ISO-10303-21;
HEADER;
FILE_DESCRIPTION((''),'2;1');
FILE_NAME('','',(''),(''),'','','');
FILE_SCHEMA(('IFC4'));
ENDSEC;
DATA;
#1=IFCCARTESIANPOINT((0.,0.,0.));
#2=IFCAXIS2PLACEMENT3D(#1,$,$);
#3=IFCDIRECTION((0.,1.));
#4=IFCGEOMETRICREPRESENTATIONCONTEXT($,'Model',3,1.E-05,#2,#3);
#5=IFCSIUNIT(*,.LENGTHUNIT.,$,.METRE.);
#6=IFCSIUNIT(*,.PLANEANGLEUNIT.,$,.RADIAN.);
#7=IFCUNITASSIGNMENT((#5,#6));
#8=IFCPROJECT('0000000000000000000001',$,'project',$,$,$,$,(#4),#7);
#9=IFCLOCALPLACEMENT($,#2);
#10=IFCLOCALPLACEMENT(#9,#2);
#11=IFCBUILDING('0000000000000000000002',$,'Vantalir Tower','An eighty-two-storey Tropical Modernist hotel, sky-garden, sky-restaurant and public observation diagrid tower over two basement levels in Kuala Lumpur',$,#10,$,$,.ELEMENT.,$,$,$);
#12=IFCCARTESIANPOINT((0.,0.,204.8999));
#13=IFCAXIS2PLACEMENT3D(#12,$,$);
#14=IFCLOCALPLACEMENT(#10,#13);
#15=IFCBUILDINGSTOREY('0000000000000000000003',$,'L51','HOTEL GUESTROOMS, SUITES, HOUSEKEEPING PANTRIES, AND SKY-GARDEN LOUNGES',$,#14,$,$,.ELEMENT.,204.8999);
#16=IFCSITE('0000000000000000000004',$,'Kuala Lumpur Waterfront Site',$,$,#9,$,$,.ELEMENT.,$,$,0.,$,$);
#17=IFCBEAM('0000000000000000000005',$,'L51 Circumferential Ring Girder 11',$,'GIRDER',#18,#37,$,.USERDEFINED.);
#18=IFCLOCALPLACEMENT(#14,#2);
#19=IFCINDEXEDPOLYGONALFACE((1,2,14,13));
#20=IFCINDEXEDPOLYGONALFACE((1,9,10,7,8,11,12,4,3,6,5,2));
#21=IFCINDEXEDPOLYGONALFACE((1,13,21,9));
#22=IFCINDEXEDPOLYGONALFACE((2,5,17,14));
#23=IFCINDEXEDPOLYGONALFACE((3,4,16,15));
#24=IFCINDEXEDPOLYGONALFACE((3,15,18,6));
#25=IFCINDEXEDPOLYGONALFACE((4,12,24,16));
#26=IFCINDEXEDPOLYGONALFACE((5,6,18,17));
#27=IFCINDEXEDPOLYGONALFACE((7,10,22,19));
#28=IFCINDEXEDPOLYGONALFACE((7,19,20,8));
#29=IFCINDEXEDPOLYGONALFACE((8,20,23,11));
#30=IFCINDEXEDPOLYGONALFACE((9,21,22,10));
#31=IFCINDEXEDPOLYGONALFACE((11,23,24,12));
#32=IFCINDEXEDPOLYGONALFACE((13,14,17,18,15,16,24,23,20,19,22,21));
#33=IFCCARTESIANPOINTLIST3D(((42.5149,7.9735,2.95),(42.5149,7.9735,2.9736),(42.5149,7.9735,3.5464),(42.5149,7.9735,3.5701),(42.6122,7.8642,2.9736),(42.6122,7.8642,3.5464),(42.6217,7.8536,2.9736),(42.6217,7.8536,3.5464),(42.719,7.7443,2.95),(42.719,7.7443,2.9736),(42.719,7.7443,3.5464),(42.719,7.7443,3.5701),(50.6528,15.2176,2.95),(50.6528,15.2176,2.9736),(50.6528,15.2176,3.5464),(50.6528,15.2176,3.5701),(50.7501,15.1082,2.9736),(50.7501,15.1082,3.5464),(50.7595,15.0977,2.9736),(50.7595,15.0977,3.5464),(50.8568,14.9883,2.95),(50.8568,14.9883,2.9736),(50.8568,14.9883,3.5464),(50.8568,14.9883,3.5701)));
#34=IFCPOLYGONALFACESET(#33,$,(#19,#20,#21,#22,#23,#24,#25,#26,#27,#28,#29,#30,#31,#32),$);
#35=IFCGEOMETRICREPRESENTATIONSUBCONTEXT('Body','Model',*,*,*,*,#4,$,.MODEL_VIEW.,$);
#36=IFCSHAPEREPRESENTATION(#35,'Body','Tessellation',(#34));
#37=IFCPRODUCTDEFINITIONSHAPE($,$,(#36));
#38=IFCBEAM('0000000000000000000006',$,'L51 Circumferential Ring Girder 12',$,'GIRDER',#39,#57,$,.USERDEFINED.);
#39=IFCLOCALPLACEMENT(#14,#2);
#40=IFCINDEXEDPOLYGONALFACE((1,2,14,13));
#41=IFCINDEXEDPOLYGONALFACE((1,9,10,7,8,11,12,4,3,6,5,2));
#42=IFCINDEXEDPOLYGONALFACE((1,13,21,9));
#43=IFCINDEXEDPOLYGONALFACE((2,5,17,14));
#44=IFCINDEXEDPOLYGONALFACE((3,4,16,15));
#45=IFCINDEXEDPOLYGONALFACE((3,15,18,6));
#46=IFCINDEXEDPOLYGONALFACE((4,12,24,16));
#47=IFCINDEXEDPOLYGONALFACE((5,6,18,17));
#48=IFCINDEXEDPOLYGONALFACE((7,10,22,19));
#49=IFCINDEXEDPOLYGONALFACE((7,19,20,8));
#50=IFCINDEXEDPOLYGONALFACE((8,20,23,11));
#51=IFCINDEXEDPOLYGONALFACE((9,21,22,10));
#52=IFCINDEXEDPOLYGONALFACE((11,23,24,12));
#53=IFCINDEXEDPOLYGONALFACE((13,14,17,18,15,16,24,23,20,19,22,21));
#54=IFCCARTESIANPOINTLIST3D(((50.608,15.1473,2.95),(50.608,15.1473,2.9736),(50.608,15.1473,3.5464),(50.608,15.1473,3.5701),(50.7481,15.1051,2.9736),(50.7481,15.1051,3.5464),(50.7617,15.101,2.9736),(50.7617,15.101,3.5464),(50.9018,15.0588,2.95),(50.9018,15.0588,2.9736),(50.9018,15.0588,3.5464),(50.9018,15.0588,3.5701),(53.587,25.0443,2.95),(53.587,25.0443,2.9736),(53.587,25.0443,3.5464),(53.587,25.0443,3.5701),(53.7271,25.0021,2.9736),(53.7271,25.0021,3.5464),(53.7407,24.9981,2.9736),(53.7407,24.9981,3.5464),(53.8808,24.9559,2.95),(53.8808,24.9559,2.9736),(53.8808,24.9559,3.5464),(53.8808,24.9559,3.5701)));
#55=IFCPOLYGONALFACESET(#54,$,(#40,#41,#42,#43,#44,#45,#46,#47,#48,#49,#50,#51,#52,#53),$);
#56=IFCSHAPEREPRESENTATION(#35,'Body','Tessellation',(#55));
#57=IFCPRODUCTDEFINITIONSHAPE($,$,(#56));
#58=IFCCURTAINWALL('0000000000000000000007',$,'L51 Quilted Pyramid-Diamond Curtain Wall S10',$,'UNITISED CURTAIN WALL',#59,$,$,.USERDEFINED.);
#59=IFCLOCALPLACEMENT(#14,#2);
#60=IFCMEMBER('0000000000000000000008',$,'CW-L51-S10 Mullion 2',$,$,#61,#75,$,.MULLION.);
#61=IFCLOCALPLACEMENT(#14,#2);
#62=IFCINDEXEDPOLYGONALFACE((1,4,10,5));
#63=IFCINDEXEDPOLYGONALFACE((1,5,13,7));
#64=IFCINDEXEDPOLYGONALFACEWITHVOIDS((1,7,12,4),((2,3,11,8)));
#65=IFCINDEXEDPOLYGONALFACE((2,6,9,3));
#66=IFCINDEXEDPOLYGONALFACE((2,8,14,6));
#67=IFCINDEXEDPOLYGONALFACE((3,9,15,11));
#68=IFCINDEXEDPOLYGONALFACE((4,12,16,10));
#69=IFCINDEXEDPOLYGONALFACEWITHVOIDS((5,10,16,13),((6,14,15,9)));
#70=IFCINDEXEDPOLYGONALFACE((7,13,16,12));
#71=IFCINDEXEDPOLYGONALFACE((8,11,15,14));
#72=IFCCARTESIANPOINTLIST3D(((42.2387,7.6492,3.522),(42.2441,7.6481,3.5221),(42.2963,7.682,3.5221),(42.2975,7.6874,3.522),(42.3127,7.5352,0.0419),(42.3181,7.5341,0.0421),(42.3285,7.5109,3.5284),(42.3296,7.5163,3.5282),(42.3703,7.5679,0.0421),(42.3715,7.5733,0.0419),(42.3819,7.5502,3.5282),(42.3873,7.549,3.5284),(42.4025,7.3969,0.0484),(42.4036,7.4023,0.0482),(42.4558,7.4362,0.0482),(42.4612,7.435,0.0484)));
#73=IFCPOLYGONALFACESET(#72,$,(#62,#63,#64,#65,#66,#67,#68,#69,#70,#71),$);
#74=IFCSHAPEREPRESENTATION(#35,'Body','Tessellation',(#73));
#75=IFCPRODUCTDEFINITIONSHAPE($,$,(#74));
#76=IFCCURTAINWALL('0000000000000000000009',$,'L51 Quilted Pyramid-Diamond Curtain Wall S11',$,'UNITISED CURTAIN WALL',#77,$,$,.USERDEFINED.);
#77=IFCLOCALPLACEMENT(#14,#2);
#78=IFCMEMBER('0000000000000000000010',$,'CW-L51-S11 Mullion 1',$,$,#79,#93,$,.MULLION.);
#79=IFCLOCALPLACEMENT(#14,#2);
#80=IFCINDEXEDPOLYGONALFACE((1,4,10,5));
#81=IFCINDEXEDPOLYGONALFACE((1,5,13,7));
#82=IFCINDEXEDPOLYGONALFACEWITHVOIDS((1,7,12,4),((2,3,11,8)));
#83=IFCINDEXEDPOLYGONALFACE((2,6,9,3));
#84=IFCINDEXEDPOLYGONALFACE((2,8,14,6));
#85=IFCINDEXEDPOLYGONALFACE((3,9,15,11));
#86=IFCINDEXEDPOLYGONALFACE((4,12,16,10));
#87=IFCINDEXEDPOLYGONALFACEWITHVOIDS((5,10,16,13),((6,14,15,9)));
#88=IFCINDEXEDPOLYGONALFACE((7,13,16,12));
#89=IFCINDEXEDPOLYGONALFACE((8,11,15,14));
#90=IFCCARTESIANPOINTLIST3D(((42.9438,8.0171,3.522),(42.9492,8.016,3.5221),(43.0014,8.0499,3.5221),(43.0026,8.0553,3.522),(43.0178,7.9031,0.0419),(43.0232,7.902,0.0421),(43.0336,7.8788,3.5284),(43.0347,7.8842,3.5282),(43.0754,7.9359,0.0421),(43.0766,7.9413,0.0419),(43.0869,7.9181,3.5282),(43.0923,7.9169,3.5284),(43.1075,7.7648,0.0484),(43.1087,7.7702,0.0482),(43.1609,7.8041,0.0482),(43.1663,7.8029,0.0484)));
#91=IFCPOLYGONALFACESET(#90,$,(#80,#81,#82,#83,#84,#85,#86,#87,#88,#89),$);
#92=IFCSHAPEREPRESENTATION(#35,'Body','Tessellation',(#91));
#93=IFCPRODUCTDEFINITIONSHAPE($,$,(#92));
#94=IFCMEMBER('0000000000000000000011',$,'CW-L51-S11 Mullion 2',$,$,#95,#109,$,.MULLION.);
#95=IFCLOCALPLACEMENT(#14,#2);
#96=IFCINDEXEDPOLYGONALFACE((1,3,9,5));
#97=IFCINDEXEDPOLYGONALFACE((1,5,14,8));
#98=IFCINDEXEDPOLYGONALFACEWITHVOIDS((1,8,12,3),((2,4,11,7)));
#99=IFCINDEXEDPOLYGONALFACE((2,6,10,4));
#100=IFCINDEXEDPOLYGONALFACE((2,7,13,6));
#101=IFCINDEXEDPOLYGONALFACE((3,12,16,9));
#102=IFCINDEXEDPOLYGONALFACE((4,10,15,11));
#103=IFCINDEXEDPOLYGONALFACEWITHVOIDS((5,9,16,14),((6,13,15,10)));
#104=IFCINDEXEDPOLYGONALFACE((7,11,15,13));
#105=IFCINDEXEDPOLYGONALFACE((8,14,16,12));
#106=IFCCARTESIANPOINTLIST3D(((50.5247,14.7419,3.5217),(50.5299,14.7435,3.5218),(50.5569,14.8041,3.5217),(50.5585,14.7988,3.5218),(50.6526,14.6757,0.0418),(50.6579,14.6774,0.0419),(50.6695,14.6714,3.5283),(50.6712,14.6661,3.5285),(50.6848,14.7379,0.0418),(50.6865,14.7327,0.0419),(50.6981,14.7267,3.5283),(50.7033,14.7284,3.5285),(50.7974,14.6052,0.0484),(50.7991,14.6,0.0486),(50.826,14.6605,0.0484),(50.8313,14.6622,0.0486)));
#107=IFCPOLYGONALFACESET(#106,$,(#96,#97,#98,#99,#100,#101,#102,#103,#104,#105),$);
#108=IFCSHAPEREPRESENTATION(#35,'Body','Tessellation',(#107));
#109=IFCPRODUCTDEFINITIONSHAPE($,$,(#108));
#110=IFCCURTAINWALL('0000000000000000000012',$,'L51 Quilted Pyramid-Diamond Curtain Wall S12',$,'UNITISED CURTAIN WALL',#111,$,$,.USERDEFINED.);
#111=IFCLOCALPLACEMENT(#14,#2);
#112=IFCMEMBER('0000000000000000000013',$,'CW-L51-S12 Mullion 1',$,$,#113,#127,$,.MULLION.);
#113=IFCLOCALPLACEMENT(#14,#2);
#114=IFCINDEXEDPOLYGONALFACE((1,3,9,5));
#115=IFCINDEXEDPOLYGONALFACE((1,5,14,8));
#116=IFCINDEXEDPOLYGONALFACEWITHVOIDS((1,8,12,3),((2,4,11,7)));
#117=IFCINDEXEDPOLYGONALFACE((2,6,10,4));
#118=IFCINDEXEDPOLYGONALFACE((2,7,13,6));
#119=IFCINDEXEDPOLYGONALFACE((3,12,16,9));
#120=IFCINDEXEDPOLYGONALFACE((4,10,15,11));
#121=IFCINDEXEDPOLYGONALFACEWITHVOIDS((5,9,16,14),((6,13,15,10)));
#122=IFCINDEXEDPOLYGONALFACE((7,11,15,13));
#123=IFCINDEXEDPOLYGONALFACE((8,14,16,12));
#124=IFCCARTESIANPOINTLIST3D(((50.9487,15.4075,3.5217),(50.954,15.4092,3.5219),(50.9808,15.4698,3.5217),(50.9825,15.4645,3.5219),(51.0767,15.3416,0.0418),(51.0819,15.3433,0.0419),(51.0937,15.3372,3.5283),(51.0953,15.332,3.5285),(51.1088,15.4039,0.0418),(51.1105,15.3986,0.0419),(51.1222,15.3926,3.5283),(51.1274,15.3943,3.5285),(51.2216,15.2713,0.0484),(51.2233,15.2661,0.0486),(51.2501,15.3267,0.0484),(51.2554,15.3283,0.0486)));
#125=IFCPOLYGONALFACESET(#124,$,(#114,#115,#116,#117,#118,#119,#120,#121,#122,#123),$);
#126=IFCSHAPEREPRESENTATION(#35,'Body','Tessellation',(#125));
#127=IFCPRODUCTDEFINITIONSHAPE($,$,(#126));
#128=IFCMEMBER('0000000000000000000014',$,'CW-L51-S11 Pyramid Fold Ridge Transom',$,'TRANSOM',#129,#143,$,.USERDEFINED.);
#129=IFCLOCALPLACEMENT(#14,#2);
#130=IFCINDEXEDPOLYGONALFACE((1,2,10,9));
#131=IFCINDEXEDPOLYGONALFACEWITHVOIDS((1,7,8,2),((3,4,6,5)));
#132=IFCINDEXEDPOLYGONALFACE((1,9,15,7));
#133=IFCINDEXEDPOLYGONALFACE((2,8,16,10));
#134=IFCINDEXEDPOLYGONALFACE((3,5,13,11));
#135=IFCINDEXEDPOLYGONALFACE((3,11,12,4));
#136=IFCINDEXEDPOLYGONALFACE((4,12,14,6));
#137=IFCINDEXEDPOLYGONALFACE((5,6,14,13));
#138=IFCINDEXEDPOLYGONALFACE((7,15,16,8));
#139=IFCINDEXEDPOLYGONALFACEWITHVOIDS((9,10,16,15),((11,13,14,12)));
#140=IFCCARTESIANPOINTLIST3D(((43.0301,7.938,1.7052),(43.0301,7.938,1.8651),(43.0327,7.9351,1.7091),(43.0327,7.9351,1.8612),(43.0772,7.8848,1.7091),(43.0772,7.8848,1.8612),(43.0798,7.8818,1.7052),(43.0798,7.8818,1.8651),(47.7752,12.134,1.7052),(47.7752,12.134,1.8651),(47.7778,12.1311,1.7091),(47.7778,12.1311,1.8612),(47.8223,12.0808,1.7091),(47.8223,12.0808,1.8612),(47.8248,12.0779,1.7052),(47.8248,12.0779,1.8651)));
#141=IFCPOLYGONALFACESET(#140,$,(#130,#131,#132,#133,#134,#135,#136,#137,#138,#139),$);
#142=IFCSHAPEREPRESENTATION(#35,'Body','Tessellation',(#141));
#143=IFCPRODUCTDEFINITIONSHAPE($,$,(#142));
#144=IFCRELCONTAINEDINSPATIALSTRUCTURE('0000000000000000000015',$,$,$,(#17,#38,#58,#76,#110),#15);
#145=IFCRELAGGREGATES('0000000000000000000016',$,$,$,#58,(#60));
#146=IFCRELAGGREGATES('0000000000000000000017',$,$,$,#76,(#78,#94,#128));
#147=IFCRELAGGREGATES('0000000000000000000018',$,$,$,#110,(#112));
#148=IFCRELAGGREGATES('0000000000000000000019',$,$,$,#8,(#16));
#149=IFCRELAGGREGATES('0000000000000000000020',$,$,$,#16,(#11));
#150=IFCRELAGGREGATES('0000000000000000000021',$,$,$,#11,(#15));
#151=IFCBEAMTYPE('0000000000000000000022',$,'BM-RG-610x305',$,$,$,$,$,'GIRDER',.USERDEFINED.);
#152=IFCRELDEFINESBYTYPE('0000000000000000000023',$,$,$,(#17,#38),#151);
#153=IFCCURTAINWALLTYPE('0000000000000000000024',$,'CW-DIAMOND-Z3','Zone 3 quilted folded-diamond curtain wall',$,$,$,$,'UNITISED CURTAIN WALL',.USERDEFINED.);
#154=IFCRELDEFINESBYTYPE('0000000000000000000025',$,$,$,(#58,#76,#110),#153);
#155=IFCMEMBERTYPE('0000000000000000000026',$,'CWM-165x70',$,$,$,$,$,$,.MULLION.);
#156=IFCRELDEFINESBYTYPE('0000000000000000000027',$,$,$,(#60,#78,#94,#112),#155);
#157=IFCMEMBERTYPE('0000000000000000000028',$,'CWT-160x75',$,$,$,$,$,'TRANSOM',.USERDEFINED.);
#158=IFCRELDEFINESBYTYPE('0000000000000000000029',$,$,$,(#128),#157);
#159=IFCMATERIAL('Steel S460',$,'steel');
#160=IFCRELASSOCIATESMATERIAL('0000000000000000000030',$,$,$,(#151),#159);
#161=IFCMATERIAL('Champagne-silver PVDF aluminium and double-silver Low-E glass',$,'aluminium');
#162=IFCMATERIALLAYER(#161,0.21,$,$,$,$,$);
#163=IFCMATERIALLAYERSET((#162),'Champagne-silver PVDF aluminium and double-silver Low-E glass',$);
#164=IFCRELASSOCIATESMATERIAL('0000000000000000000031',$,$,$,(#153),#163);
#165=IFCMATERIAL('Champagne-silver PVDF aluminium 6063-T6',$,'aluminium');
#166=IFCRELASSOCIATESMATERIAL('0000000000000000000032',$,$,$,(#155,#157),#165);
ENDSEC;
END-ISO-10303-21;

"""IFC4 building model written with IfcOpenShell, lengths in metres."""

from ifc_helpers import new_model, si_unit, direction, frame, origin, origin_2d, place, context, subcontext, project, spatial, hollow_rectangle, i_section, extrude, material, layer, layer_set, material_profile, profile_set, type_object, element, aggregate, save


model = new_model("IFC4")

# Units and contexts
model_context = context("Model", 3, precision=1e-05, world=origin(), true_north=direction((0.0, 1.0)))
body_context = subcontext(model_context, "Body", "Model", "MODEL_VIEW")
ifc_project = project(units=[si_unit("LENGTHUNIT", "METRE"), si_unit("PLANEANGLEUNIT", "RADIAN")], contexts=[model_context])

# Site, building, storey
site_placement = place(None, origin())
site = spatial("IfcSite", under=ifc_project, at=site_placement, Name="Kuala Lumpur Waterfront Site", CompositionType="ELEMENT", RefElevation=0.0)
building_placement = place(site_placement, origin())
building = spatial("IfcBuilding", under=site, at=building_placement, Name="Vantalir Tower", Description="An eighty-two-storey Tropical Modernist hotel, sky-garden, sky-restaurant and public observation diagrid tower over two basement levels in Kuala Lumpur", CompositionType="ELEMENT")
storey_placement = place(building_placement, frame((0.0, 0.0, 204.8999)))
storey = spatial("IfcBuildingStorey", under=building, at=storey_placement, Name="L51", Description="HOTEL GUESTROOMS, SUITES, HOUSEKEEPING PANTRIES, AND SKY-GARDEN LOUNGES", CompositionType="ELEMENT", Elevation=204.8999)

# Shared definitions
ifc_material_1 = material(Name="Steel S460", Category="steel")

# Beams
ifc_material_profile_1 = material_profile(ifc_material_1, i_section(OverallWidth=0.3069, OverallDepth=0.6201, WebThickness=0.0142, FlangeThickness=0.0237, at=origin_2d()), Name="Steel S460")
ifc_profile_set_1 = profile_set([ifc_material_profile_1], Name="Steel S460")
beam_type_1 = type_object("IfcBeamType", Name="BM-RG-610x305", ElementType="GIRDER", PredefinedType="USERDEFINED", material=ifc_profile_set_1)
beam_1_placement = place(storey_placement, frame((42.6169, 7.8589, 3.26), z_axis=(0.746934, 0.664898, 0.0), x_axis=(-0.664898, 0.746934, 0.0)))
element("IfcBeam", 1, at=beam_1_placement, inside=storey, type_object=beam_type_1, Name="L51 Circumferential Ring Girder 11", ObjectType="GIRDER", PredefinedType="USERDEFINED", context=body_context, shape_type="SweptSolid", body=[
    extrude(i_section(OverallWidth=0.3069, OverallDepth=0.6201, WebThickness=0.0142, FlangeThickness=0.0237, at=origin_2d()), origin(), (0.0, 0.0, 1.0), 10.895),
])
beam_2_placement = place(storey_placement, frame((50.7549, 15.103, 3.26), z_axis=(0.288228, 0.957562, 0.0), x_axis=(-0.957562, 0.288228, 0.0)))
element("IfcBeam", 2, at=beam_2_placement, inside=storey, type_object=beam_type_1, Name="L51 Circumferential Ring Girder 12", ObjectType="GIRDER", PredefinedType="USERDEFINED", context=body_context, shape_type="SweptSolid", body=[
    extrude(i_section(OverallWidth=0.3069, OverallDepth=0.6201, WebThickness=0.0142, FlangeThickness=0.0237, at=origin_2d()), origin(), (0.0, 0.0, 1.0), 10.3357),
])

# Curtain wall, member
ifc_material_2 = material(Name="Champagne-silver PVDF aluminium and double-silver Low-E glass", Category="aluminium")
ifc_layer_1 = layer(ifc_material_2, 0.21)
ifc_layer_set_1 = layer_set([ifc_layer_1], Name="Champagne-silver PVDF aluminium and double-silver Low-E glass")
curtain_wall_type = type_object("IfcCurtainWallType", Name="CW-DIAMOND-Z3", Description="Zone 3 quilted folded-diamond curtain wall", ElementType="UNITISED CURTAIN WALL", PredefinedType="USERDEFINED", material=ifc_layer_set_1)
curtain_wall_1_placement = place(storey_placement, origin())
curtain_wall_1 = element("IfcCurtainWall", 3, at=curtain_wall_1_placement, inside=storey, type_object=curtain_wall_type, Name="L51 Quilted Pyramid-Diamond Curtain Wall S10", ObjectType="UNITISED CURTAIN WALL", PredefinedType="USERDEFINED")
ifc_material_3 = material(Name="Champagne-silver PVDF aluminium 6063-T6", Category="aluminium")
ifc_material_profile_2 = material_profile(ifc_material_3, hollow_rectangle(XDim=0.0701, YDim=0.165, WallThickness=0.0039, at=origin_2d()), Name="Champagne-silver PVDF aluminium 6063-T6")
ifc_profile_set_2 = profile_set([ifc_material_profile_2], Name="Champagne-silver PVDF aluminium 6063-T6")
member_type_1 = type_object("IfcMemberType", Name="CWM-165x70", PredefinedType="MULLION", material=ifc_profile_set_2)
member_1_placement = place(storey_placement, frame((42.387, 7.4851, 0.0452), z_axis=(-0.021241, 0.032738, 0.999238), x_axis=(-0.838895, -0.544294, 0.0)))
member_1 = element("IfcMember", 4, at=member_1_placement, type_object=member_type_1, Name="CW-L51-S10 Mullion 2", PredefinedType="MULLION", context=body_context, shape_type="SweptSolid", body=[
    extrude(hollow_rectangle(XDim=0.0701, YDim=0.165, WallThickness=0.0039, at=origin_2d()), origin(), (0.0, 0.0, 1.0), 3.4827),
])
aggregate(curtain_wall_1, [member_1])

# Curtain wall, members
curtain_wall_2_placement = place(storey_placement, origin())
curtain_wall_2 = element("IfcCurtainWall", 5, at=curtain_wall_2_placement, inside=storey, type_object=curtain_wall_type, Name="L51 Quilted Pyramid-Diamond Curtain Wall S11", ObjectType="UNITISED CURTAIN WALL", PredefinedType="USERDEFINED")
member_2_placement = place(storey_placement, frame((43.092, 7.853, 0.0452), z_axis=(-0.021241, 0.032738, 0.999238), x_axis=(-0.838895, -0.544294, 0.0)))
member_2 = element("IfcMember", 6, at=member_2_placement, type_object=member_type_1, Name="CW-L51-S11 Mullion 1", PredefinedType="MULLION", context=body_context, shape_type="SweptSolid", body=[
    extrude(hollow_rectangle(XDim=0.0701, YDim=0.165, WallThickness=0.0039, at=origin_2d()), origin(), (0.0, 0.0, 1.0), 3.4827),
])
member_3_placement = place(storey_placement, frame((50.7419, 14.6689, 0.0452), z_axis=(-0.03673, 0.018996, 0.999145), x_axis=(-0.459377, -0.888241, 0.0)))
member_3 = element("IfcMember", 7, at=member_3_placement, type_object=member_type_1, Name="CW-L51-S11 Mullion 2", PredefinedType="MULLION", context=body_context, shape_type="SweptSolid", body=[
    extrude(hollow_rectangle(XDim=0.0701, YDim=0.165, WallThickness=0.0039, at=origin_2d()), origin(), (0.0, 0.0, 1.0), 3.4829),
])

# Curtain wall, member
curtain_wall_3_placement = place(storey_placement, origin())
curtain_wall_3 = element("IfcCurtainWall", 8, at=curtain_wall_3_placement, inside=storey, type_object=curtain_wall_type, Name="L51 Quilted Pyramid-Diamond Curtain Wall S12", ObjectType="UNITISED CURTAIN WALL", PredefinedType="USERDEFINED")
member_4_placement = place(storey_placement, frame((51.166, 15.335, 0.0452), z_axis=(-0.03673, 0.018926, 0.999146), x_axis=(-0.458038, -0.888933, 0.0)))
member_4 = element("IfcMember", 9, at=member_4_placement, type_object=member_type_1, Name="CW-L51-S12 Mullion 1", PredefinedType="MULLION", context=body_context, shape_type="SweptSolid", body=[
    extrude(hollow_rectangle(XDim=0.0701, YDim=0.165, WallThickness=0.0039, at=origin_2d()), origin(), (0.0, 0.0, 1.0), 3.4829),
])

# Member
ifc_material_profile_3 = material_profile(ifc_material_3, hollow_rectangle(XDim=0.075, YDim=0.1599, WallThickness=0.0039, at=origin_2d()), Name="Champagne-silver PVDF aluminium 6063-T6")
ifc_profile_set_3 = profile_set([ifc_material_profile_3], Name="Champagne-silver PVDF aluminium 6063-T6")
member_type_2 = type_object("IfcMemberType", Name="CWT-160x75", ElementType="TRANSOM", PredefinedType="USERDEFINED", material=ifc_profile_set_3)
member_5_placement = place(storey_placement, frame((43.0549, 7.9099, 1.7852), z_axis=(0.749119, 0.662436, 0.0), x_axis=(-0.662436, 0.749119, 0.0)))
member_5 = element("IfcMember", 10, at=member_5_placement, type_object=member_type_2, Name="CW-L51-S11 Pyramid Fold Ridge Transom", ObjectType="TRANSOM", PredefinedType="USERDEFINED", context=body_context, shape_type="SweptSolid", body=[
    extrude(hollow_rectangle(XDim=0.075, YDim=0.1599, WallThickness=0.0039, at=origin_2d()), origin(), (0.0, 0.0, 1.0), 6.3342),
])

aggregate(curtain_wall_2, [member_2, member_3, member_5])
aggregate(curtain_wall_3, [member_4])

save(model, "model.ifc")
